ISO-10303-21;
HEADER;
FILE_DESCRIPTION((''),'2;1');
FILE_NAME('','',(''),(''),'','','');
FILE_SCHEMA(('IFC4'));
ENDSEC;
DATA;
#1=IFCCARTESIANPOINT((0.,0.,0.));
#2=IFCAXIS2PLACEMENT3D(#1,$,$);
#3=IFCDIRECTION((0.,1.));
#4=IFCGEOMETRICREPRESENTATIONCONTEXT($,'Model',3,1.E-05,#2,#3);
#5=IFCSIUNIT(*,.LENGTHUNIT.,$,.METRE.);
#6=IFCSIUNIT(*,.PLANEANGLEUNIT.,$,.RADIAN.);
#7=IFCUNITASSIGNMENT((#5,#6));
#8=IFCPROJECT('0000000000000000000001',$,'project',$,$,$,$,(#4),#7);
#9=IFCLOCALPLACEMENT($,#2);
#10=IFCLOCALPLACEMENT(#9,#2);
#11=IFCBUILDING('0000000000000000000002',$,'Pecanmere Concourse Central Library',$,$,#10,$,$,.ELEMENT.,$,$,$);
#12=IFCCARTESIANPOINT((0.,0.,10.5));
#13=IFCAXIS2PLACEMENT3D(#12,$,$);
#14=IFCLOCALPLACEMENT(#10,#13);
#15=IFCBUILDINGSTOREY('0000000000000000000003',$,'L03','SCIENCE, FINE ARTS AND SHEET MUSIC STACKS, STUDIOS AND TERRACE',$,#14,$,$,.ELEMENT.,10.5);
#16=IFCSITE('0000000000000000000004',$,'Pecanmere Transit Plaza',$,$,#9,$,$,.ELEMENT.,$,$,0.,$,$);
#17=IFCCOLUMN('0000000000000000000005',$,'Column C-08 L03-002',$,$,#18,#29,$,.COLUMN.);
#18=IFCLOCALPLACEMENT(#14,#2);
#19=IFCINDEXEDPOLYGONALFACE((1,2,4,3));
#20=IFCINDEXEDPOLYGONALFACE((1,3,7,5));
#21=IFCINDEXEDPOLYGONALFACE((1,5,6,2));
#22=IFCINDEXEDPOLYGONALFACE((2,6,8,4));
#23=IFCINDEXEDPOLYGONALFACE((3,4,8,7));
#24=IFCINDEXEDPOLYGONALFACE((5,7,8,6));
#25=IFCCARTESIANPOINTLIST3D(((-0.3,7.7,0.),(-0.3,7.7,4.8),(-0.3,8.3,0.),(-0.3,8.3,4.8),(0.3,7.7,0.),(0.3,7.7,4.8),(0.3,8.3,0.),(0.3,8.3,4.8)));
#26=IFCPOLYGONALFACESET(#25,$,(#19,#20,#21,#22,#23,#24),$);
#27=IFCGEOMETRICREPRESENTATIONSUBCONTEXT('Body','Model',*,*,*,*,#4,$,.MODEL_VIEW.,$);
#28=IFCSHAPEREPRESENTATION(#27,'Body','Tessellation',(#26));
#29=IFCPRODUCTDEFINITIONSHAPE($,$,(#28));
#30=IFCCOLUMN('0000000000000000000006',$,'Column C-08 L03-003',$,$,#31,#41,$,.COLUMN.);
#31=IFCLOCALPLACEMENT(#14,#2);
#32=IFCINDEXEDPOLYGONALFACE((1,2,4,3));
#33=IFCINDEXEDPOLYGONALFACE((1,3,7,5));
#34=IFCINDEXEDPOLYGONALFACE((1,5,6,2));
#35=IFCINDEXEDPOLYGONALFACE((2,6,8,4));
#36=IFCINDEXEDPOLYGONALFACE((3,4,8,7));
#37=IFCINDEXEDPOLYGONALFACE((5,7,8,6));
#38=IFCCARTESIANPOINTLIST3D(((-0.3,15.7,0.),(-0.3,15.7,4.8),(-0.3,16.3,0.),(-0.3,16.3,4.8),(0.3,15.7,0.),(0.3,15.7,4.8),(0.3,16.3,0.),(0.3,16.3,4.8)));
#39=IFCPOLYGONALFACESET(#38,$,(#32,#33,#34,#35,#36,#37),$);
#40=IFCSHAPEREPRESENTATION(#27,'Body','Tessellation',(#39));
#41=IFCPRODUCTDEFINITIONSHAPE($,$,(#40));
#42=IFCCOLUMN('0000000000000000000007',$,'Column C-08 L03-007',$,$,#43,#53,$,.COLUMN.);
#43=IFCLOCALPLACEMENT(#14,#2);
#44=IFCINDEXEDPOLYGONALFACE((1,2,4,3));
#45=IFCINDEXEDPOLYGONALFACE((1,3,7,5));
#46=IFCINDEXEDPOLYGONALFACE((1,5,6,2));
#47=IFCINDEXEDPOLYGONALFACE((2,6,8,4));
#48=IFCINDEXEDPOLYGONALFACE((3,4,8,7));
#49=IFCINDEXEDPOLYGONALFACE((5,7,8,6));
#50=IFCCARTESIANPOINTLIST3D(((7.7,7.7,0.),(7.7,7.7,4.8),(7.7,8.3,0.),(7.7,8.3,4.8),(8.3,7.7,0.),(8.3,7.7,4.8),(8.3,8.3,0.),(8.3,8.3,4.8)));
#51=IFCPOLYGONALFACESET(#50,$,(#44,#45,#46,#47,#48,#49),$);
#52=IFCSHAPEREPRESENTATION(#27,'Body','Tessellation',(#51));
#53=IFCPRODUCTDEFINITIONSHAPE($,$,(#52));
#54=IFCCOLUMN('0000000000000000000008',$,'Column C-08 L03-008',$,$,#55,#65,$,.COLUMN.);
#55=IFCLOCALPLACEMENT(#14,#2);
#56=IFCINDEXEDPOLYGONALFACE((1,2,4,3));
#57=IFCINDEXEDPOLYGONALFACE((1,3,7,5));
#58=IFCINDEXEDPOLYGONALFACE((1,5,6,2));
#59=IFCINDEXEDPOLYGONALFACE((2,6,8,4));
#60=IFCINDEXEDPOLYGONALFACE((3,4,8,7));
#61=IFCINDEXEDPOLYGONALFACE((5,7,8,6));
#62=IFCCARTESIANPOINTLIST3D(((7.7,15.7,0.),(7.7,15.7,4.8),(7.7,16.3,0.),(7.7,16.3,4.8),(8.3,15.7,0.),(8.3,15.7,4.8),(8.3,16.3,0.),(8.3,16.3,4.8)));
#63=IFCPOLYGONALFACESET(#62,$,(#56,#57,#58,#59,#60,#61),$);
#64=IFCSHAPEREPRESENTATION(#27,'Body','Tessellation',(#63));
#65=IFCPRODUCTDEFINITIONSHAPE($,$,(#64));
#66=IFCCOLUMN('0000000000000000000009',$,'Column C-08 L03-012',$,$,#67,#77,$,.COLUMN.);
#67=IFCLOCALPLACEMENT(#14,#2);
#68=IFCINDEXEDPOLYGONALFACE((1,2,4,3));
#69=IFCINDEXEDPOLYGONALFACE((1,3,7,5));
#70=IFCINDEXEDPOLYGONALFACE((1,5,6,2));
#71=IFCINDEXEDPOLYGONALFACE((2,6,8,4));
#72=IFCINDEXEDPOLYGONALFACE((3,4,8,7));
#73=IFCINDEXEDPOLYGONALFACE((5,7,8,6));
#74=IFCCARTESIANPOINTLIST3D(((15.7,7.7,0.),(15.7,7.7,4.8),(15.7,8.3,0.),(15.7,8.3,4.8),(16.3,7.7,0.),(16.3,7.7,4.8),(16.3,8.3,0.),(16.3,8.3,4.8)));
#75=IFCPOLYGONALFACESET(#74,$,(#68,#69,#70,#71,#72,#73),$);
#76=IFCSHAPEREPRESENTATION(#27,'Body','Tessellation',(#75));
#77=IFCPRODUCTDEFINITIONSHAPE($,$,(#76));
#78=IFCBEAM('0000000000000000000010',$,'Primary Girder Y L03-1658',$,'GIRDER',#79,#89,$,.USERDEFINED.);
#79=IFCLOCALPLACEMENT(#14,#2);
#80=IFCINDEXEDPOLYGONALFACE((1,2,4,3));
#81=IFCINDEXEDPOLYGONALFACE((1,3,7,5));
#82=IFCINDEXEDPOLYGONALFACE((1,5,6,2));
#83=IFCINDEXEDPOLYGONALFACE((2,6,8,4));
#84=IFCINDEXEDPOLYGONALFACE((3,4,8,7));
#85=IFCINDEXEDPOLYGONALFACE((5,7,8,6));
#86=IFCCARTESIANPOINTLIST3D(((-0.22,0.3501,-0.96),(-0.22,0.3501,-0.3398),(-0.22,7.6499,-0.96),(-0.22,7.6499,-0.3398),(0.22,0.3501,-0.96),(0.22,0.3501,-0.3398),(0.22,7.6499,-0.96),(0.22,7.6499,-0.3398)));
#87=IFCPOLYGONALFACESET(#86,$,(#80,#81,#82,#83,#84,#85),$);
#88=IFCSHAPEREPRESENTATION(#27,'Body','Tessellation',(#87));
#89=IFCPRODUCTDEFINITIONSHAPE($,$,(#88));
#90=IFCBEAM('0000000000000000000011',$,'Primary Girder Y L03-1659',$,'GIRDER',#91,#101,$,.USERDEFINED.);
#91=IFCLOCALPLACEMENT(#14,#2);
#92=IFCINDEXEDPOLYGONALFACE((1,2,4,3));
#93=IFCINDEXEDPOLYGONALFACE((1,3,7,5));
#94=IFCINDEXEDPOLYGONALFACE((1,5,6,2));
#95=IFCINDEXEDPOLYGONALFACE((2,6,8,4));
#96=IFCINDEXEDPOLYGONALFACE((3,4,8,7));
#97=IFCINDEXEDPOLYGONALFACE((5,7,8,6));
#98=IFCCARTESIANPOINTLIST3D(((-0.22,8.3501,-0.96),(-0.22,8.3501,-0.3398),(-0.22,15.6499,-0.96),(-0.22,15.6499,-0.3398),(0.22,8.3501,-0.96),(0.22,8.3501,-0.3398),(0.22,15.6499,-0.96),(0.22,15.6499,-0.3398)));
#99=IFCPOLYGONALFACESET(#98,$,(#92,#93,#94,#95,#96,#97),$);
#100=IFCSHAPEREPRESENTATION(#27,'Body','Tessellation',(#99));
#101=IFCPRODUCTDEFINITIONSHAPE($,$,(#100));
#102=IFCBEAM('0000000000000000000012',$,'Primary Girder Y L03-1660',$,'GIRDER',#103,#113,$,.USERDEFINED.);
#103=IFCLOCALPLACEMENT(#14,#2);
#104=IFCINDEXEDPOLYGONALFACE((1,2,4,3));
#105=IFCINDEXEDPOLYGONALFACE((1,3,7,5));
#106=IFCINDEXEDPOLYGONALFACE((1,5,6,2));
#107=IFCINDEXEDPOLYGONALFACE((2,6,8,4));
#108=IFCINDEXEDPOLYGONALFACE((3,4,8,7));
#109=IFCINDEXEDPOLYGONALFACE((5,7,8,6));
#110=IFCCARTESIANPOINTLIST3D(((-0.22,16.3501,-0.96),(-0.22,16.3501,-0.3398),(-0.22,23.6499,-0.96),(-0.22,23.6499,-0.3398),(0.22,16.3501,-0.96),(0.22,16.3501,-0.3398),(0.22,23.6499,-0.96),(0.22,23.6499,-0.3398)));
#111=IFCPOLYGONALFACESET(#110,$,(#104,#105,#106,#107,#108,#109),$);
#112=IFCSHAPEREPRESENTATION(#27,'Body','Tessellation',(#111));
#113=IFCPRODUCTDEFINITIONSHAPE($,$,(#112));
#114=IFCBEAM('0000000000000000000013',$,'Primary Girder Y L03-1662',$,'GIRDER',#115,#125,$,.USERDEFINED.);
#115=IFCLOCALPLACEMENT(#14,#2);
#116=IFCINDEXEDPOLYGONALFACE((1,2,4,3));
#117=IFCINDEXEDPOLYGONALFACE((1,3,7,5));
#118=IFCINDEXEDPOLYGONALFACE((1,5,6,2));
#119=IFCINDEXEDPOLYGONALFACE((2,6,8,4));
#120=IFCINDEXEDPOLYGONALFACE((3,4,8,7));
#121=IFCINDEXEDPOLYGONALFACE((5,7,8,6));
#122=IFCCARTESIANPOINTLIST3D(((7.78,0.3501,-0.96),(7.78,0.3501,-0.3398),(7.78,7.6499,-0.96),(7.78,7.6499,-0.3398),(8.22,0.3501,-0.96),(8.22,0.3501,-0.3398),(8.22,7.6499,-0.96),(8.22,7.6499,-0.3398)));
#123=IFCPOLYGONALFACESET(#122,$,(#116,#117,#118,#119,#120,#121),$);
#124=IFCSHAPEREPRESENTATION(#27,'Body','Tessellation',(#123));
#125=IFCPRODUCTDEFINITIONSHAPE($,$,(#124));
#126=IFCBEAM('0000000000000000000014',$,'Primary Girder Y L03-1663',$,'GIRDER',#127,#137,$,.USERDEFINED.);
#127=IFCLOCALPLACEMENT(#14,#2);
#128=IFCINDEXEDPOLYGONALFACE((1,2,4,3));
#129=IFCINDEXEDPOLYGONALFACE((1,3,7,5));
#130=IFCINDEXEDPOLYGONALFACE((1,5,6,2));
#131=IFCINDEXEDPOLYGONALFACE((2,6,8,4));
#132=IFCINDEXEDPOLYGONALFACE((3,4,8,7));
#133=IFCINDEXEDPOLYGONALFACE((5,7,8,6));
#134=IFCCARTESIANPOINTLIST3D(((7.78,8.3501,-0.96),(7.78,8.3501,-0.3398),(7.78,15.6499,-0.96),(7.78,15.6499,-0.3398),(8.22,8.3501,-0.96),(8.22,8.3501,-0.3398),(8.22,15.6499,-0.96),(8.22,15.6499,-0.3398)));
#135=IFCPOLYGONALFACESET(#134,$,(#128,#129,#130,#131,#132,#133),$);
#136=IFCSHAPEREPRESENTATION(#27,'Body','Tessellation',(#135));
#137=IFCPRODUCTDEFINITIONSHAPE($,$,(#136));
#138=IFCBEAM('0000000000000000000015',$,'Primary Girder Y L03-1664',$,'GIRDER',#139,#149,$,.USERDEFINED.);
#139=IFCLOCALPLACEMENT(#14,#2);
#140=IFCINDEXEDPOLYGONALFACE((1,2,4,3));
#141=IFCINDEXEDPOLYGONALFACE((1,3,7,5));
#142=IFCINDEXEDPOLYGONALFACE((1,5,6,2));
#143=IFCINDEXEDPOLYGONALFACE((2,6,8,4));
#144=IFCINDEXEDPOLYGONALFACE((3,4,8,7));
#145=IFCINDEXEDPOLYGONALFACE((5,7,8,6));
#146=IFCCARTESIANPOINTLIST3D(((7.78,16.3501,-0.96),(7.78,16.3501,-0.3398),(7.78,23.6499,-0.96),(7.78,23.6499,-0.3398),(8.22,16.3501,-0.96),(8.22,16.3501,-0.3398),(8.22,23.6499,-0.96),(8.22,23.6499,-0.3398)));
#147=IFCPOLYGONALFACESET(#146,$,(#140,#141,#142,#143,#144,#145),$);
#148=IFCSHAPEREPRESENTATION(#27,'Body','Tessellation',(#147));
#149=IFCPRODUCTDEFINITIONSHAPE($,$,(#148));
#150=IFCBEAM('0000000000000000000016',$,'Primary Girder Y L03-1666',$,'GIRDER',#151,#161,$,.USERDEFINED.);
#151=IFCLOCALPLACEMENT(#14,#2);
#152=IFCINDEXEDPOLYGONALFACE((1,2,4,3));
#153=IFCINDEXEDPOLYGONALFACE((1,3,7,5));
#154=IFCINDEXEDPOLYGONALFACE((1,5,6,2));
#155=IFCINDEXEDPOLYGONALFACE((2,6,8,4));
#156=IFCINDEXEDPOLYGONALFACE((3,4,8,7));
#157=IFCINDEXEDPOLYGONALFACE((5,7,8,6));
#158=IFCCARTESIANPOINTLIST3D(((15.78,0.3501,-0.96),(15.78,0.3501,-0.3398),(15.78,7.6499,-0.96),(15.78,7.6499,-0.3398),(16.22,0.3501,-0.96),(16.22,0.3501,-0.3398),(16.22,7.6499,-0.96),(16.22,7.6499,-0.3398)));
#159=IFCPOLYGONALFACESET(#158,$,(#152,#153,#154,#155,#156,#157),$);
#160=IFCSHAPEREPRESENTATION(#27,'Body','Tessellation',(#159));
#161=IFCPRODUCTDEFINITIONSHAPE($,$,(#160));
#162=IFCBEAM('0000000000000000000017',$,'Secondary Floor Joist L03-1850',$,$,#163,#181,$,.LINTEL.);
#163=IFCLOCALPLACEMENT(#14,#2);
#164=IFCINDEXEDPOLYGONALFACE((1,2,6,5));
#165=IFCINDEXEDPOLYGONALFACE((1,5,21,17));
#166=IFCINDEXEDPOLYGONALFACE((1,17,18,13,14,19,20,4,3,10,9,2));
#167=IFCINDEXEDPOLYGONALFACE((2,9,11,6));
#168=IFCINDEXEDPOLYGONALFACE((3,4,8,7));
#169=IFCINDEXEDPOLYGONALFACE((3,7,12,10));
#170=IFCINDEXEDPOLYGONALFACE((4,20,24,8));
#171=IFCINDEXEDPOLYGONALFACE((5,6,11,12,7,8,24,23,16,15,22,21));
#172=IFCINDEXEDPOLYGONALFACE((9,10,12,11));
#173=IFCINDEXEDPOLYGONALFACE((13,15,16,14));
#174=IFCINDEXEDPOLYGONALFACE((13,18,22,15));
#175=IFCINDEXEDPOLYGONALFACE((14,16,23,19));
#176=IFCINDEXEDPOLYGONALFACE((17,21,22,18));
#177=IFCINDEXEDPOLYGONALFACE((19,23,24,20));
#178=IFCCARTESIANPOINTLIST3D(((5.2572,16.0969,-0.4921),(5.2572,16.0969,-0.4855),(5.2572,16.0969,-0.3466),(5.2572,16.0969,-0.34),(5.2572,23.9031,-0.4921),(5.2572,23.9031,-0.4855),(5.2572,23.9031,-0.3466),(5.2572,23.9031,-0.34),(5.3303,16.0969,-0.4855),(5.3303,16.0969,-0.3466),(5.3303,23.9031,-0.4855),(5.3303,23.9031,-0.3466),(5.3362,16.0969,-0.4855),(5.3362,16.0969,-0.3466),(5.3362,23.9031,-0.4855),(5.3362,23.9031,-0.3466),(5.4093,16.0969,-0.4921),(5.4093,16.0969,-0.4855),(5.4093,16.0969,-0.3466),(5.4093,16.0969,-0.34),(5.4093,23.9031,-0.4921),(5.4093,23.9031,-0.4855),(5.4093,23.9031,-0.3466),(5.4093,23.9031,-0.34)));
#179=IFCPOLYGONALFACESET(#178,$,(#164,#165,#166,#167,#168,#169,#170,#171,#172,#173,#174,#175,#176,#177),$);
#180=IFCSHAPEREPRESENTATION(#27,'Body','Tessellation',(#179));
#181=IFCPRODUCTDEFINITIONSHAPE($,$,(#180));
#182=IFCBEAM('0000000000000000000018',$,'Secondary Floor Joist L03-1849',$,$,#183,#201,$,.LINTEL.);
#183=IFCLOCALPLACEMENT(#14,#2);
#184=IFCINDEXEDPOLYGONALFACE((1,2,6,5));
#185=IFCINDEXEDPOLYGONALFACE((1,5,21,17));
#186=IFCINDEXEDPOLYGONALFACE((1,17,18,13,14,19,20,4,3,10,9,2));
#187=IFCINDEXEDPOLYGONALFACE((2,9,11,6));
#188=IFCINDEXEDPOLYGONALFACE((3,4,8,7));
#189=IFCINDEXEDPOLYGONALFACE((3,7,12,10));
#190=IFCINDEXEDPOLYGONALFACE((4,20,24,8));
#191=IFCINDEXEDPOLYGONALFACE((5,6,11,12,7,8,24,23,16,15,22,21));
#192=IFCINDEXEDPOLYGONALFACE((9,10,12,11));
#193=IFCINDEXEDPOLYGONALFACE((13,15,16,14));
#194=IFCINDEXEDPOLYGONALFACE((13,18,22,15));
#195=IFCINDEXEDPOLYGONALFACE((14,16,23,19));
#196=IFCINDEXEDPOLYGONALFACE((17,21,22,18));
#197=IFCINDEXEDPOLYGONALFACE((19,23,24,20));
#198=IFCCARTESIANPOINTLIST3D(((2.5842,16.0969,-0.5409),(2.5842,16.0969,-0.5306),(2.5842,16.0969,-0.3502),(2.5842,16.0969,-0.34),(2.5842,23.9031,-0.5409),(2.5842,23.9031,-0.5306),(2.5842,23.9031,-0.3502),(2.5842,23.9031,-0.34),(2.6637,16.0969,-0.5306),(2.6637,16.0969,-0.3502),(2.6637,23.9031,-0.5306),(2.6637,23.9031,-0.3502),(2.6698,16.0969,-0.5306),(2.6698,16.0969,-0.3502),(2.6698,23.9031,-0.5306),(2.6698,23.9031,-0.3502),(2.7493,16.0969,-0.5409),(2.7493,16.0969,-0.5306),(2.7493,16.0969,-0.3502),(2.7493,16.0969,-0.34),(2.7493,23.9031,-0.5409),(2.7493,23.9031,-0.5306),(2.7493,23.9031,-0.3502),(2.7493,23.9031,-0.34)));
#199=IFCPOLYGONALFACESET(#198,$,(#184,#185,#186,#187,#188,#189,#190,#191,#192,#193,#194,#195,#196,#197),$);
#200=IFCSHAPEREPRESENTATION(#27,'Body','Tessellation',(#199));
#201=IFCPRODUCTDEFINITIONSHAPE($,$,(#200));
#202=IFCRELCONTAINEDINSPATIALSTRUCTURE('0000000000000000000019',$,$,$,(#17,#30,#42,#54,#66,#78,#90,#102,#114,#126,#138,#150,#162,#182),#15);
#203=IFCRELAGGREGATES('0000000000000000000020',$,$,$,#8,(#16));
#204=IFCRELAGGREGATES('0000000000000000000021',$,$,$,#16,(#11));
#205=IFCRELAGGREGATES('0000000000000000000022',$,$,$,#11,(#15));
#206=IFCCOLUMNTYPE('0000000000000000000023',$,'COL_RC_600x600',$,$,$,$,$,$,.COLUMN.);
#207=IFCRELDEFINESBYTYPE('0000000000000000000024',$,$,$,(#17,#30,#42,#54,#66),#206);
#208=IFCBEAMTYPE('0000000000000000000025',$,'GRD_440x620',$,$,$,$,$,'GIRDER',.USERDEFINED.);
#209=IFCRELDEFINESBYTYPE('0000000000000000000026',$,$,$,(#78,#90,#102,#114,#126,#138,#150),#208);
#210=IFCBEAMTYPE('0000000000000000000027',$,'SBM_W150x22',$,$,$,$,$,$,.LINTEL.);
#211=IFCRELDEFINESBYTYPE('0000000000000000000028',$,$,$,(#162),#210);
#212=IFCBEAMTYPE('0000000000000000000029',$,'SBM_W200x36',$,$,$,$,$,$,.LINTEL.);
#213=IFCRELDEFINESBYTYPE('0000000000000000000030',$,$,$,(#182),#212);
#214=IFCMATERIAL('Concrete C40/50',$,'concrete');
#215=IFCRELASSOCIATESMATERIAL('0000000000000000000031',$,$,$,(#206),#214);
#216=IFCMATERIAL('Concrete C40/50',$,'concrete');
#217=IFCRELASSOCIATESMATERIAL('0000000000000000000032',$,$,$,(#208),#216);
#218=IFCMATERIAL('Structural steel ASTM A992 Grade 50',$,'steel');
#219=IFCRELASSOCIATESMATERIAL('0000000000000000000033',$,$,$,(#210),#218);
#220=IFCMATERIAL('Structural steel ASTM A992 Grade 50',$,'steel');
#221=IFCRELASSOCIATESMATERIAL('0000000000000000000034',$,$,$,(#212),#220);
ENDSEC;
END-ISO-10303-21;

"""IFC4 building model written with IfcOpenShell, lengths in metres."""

from ifc_helpers import new_model, si_unit, direction, frame, origin, origin_2d, place, context, subcontext, project, spatial, rectangle, i_section, extrude, material, material_profile, profile_set, type_object, element, save


model = new_model("IFC4")

# Units and contexts
model_context = context("Model", 3, precision=1e-05, world=origin(), true_north=direction((0.0, 1.0)))
body_context = subcontext(model_context, "Body", "Model", "MODEL_VIEW")
ifc_project = project(units=[si_unit("LENGTHUNIT", "METRE"), si_unit("PLANEANGLEUNIT", "RADIAN")], contexts=[model_context])

# Site, building, storey
site_placement = place(None, origin())
site = spatial("IfcSite", under=ifc_project, at=site_placement, Name="Pecanmere Transit Plaza", CompositionType="ELEMENT", RefElevation=0.0)
building_placement = place(site_placement, origin())
building = spatial("IfcBuilding", under=site, at=building_placement, Name="Pecanmere Concourse Central Library", CompositionType="ELEMENT")
storey_placement = place(building_placement, frame((0.0, 0.0, 10.5)))
storey = spatial("IfcBuildingStorey", under=building, at=storey_placement, Name="L03", Description="SCIENCE, FINE ARTS AND SHEET MUSIC STACKS, STUDIOS AND TERRACE", CompositionType="ELEMENT", Elevation=10.5)

# Columns
ifc_material_1 = material(Name="Concrete C40/50", Category="concrete")
ifc_material_profile_1 = material_profile(ifc_material_1, rectangle(XDim=0.6001, YDim=0.6001, at=origin_2d()), Name="RC 600x600")
ifc_profile_set_1 = profile_set([ifc_material_profile_1], Name="Concrete C40/50")
column_type = type_object("IfcColumnType", Name="COL_RC_600x600", PredefinedType="COLUMN", material=ifc_profile_set_1)
for number, where, z_axis, x_axis, name in (
    (1, (0.0, 8.0, 0.0), (0.0, 0.0, 1.0), (1.0, 0.0, 0.0), "Column C-08 L03-002"),
    (2, (0.0, 16.0, 0.0), (0.0, 0.0, 1.0), (1.0, 0.0, 0.0), "Column C-08 L03-003"),
    (3, (8.0, 8.0, 0.0), (0.0, 0.0, 1.0), (1.0, 0.0, 0.0), "Column C-08 L03-007"),
    (4, (8.0, 16.0, 0.0), (0.0, 0.0, 1.0), (1.0, 0.0, 0.0), "Column C-08 L03-008"),
    (5, (16.0, 8.0, 0.0), (0.0, 0.0, 1.0), (1.0, 0.0, 0.0), "Column C-08 L03-012"),
):
    element("IfcColumn", number, at=place(storey_placement, frame(where, z_axis=z_axis, x_axis=x_axis)), inside=storey, type_object=column_type, Name=name, PredefinedType="COLUMN", context=body_context, shape_type="SweptSolid", body=[
        extrude(rectangle(XDim=0.6001, YDim=0.6001, at=origin_2d()), origin(), (0.0, 0.0, 1.0), 4.8),
    ])

# Beams
ifc_material_2 = material(Name="Concrete C40/50", Category="concrete")
ifc_material_profile_2 = material_profile(ifc_material_2, rectangle(XDim=0.4399, YDim=0.6201, at=origin_2d()), Name="RC 440x620")
ifc_profile_set_2 = profile_set([ifc_material_profile_2], Name="Concrete C40/50")
beam_type_1 = type_object("IfcBeamType", Name="GRD_440x620", ElementType="GIRDER", PredefinedType="USERDEFINED", material=ifc_profile_set_2)
for number, where, z_axis, x_axis, name in (
    (6, (0.0, 0.3501, -0.6499), (0.0, 1.0, 0.0), (-1.0, 0.0, 0.0), "Primary Girder Y L03-1658"),
    (7, (0.0, 8.3501, -0.6499), (0.0, 1.0, 0.0), (-1.0, 0.0, 0.0), "Primary Girder Y L03-1659"),
    (8, (0.0, 16.3501, -0.6499), (0.0, 1.0, 0.0), (-1.0, 0.0, 0.0), "Primary Girder Y L03-1660"),
    (9, (8.0, 0.3501, -0.6499), (0.0, 1.0, 0.0), (-1.0, 0.0, 0.0), "Primary Girder Y L03-1662"),
    (10, (8.0, 8.3501, -0.6499), (0.0, 1.0, 0.0), (-1.0, 0.0, 0.0), "Primary Girder Y L03-1663"),
    (11, (8.0, 16.3501, -0.6499), (0.0, 1.0, 0.0), (-1.0, 0.0, 0.0), "Primary Girder Y L03-1664"),
    (12, (16.0, 0.3501, -0.6499), (0.0, 1.0, 0.0), (-1.0, 0.0, 0.0), "Primary Girder Y L03-1666"),
):
    element("IfcBeam", number, at=place(storey_placement, frame(where, z_axis=z_axis, x_axis=x_axis)), inside=storey, type_object=beam_type_1, Name=name, ObjectType="GIRDER", PredefinedType="USERDEFINED", context=body_context, shape_type="SweptSolid", body=[
        extrude(rectangle(XDim=0.4399, YDim=0.6201, at=origin_2d()), origin(), (0.0, 0.0, 1.0), 7.2998),
    ])
ifc_material_3 = material(Name="Structural steel ASTM A992 Grade 50", Category="steel")
ifc_material_profile_3 = material_profile(ifc_material_3, i_section(OverallWidth=0.1521, OverallDepth=0.1521, WebThickness=0.0059, FlangeThickness=0.0066, at=origin_2d()), Name="W150x22.5")
ifc_profile_set_3 = profile_set([ifc_material_profile_3], Name="Structural steel ASTM A992 Grade 50")
beam_type_2 = type_object("IfcBeamType", Name="SBM_W150x22", PredefinedType="LINTEL", material=ifc_profile_set_3)
beam_1_placement = place(storey_placement, frame((5.3333, 16.0969, -0.416), z_axis=(0.0, 1.0, 0.0), x_axis=(-1.0, 0.0, 0.0)))
element("IfcBeam", 13, at=beam_1_placement, inside=storey, type_object=beam_type_2, Name="Secondary Floor Joist L03-1850", PredefinedType="LINTEL", context=body_context, shape_type="SweptSolid", body=[
    extrude(i_section(OverallWidth=0.1521, OverallDepth=0.1521, WebThickness=0.0059, FlangeThickness=0.0066, at=origin_2d()), origin(), (0.0, 0.0, 1.0), 7.8062),
])
ifc_material_4 = material(Name="Structural steel ASTM A992 Grade 50", Category="steel")
ifc_material_profile_4 = material_profile(ifc_material_4, i_section(OverallWidth=0.165, OverallDepth=0.2009, WebThickness=0.0061, FlangeThickness=0.0103, at=origin_2d()), Name="W200x35.9")
ifc_profile_set_4 = profile_set([ifc_material_profile_4], Name="Structural steel ASTM A992 Grade 50")
beam_type_3 = type_object("IfcBeamType", Name="SBM_W200x36", PredefinedType="LINTEL", material=ifc_profile_set_4)
beam_2_placement = place(storey_placement, frame((2.6667, 16.0969, -0.4404), z_axis=(0.0, 1.0, 0.0), x_axis=(-1.0, 0.0, 0.0)))
element("IfcBeam", 14, at=beam_2_placement, inside=storey, type_object=beam_type_3, Name="Secondary Floor Joist L03-1849", PredefinedType="LINTEL", context=body_context, shape_type="SweptSolid", body=[
    extrude(i_section(OverallWidth=0.165, OverallDepth=0.2009, WebThickness=0.0061, FlangeThickness=0.0103, at=origin_2d()), origin(), (0.0, 0.0, 1.0), 7.8062),
])

save(model, "model.ifc")
